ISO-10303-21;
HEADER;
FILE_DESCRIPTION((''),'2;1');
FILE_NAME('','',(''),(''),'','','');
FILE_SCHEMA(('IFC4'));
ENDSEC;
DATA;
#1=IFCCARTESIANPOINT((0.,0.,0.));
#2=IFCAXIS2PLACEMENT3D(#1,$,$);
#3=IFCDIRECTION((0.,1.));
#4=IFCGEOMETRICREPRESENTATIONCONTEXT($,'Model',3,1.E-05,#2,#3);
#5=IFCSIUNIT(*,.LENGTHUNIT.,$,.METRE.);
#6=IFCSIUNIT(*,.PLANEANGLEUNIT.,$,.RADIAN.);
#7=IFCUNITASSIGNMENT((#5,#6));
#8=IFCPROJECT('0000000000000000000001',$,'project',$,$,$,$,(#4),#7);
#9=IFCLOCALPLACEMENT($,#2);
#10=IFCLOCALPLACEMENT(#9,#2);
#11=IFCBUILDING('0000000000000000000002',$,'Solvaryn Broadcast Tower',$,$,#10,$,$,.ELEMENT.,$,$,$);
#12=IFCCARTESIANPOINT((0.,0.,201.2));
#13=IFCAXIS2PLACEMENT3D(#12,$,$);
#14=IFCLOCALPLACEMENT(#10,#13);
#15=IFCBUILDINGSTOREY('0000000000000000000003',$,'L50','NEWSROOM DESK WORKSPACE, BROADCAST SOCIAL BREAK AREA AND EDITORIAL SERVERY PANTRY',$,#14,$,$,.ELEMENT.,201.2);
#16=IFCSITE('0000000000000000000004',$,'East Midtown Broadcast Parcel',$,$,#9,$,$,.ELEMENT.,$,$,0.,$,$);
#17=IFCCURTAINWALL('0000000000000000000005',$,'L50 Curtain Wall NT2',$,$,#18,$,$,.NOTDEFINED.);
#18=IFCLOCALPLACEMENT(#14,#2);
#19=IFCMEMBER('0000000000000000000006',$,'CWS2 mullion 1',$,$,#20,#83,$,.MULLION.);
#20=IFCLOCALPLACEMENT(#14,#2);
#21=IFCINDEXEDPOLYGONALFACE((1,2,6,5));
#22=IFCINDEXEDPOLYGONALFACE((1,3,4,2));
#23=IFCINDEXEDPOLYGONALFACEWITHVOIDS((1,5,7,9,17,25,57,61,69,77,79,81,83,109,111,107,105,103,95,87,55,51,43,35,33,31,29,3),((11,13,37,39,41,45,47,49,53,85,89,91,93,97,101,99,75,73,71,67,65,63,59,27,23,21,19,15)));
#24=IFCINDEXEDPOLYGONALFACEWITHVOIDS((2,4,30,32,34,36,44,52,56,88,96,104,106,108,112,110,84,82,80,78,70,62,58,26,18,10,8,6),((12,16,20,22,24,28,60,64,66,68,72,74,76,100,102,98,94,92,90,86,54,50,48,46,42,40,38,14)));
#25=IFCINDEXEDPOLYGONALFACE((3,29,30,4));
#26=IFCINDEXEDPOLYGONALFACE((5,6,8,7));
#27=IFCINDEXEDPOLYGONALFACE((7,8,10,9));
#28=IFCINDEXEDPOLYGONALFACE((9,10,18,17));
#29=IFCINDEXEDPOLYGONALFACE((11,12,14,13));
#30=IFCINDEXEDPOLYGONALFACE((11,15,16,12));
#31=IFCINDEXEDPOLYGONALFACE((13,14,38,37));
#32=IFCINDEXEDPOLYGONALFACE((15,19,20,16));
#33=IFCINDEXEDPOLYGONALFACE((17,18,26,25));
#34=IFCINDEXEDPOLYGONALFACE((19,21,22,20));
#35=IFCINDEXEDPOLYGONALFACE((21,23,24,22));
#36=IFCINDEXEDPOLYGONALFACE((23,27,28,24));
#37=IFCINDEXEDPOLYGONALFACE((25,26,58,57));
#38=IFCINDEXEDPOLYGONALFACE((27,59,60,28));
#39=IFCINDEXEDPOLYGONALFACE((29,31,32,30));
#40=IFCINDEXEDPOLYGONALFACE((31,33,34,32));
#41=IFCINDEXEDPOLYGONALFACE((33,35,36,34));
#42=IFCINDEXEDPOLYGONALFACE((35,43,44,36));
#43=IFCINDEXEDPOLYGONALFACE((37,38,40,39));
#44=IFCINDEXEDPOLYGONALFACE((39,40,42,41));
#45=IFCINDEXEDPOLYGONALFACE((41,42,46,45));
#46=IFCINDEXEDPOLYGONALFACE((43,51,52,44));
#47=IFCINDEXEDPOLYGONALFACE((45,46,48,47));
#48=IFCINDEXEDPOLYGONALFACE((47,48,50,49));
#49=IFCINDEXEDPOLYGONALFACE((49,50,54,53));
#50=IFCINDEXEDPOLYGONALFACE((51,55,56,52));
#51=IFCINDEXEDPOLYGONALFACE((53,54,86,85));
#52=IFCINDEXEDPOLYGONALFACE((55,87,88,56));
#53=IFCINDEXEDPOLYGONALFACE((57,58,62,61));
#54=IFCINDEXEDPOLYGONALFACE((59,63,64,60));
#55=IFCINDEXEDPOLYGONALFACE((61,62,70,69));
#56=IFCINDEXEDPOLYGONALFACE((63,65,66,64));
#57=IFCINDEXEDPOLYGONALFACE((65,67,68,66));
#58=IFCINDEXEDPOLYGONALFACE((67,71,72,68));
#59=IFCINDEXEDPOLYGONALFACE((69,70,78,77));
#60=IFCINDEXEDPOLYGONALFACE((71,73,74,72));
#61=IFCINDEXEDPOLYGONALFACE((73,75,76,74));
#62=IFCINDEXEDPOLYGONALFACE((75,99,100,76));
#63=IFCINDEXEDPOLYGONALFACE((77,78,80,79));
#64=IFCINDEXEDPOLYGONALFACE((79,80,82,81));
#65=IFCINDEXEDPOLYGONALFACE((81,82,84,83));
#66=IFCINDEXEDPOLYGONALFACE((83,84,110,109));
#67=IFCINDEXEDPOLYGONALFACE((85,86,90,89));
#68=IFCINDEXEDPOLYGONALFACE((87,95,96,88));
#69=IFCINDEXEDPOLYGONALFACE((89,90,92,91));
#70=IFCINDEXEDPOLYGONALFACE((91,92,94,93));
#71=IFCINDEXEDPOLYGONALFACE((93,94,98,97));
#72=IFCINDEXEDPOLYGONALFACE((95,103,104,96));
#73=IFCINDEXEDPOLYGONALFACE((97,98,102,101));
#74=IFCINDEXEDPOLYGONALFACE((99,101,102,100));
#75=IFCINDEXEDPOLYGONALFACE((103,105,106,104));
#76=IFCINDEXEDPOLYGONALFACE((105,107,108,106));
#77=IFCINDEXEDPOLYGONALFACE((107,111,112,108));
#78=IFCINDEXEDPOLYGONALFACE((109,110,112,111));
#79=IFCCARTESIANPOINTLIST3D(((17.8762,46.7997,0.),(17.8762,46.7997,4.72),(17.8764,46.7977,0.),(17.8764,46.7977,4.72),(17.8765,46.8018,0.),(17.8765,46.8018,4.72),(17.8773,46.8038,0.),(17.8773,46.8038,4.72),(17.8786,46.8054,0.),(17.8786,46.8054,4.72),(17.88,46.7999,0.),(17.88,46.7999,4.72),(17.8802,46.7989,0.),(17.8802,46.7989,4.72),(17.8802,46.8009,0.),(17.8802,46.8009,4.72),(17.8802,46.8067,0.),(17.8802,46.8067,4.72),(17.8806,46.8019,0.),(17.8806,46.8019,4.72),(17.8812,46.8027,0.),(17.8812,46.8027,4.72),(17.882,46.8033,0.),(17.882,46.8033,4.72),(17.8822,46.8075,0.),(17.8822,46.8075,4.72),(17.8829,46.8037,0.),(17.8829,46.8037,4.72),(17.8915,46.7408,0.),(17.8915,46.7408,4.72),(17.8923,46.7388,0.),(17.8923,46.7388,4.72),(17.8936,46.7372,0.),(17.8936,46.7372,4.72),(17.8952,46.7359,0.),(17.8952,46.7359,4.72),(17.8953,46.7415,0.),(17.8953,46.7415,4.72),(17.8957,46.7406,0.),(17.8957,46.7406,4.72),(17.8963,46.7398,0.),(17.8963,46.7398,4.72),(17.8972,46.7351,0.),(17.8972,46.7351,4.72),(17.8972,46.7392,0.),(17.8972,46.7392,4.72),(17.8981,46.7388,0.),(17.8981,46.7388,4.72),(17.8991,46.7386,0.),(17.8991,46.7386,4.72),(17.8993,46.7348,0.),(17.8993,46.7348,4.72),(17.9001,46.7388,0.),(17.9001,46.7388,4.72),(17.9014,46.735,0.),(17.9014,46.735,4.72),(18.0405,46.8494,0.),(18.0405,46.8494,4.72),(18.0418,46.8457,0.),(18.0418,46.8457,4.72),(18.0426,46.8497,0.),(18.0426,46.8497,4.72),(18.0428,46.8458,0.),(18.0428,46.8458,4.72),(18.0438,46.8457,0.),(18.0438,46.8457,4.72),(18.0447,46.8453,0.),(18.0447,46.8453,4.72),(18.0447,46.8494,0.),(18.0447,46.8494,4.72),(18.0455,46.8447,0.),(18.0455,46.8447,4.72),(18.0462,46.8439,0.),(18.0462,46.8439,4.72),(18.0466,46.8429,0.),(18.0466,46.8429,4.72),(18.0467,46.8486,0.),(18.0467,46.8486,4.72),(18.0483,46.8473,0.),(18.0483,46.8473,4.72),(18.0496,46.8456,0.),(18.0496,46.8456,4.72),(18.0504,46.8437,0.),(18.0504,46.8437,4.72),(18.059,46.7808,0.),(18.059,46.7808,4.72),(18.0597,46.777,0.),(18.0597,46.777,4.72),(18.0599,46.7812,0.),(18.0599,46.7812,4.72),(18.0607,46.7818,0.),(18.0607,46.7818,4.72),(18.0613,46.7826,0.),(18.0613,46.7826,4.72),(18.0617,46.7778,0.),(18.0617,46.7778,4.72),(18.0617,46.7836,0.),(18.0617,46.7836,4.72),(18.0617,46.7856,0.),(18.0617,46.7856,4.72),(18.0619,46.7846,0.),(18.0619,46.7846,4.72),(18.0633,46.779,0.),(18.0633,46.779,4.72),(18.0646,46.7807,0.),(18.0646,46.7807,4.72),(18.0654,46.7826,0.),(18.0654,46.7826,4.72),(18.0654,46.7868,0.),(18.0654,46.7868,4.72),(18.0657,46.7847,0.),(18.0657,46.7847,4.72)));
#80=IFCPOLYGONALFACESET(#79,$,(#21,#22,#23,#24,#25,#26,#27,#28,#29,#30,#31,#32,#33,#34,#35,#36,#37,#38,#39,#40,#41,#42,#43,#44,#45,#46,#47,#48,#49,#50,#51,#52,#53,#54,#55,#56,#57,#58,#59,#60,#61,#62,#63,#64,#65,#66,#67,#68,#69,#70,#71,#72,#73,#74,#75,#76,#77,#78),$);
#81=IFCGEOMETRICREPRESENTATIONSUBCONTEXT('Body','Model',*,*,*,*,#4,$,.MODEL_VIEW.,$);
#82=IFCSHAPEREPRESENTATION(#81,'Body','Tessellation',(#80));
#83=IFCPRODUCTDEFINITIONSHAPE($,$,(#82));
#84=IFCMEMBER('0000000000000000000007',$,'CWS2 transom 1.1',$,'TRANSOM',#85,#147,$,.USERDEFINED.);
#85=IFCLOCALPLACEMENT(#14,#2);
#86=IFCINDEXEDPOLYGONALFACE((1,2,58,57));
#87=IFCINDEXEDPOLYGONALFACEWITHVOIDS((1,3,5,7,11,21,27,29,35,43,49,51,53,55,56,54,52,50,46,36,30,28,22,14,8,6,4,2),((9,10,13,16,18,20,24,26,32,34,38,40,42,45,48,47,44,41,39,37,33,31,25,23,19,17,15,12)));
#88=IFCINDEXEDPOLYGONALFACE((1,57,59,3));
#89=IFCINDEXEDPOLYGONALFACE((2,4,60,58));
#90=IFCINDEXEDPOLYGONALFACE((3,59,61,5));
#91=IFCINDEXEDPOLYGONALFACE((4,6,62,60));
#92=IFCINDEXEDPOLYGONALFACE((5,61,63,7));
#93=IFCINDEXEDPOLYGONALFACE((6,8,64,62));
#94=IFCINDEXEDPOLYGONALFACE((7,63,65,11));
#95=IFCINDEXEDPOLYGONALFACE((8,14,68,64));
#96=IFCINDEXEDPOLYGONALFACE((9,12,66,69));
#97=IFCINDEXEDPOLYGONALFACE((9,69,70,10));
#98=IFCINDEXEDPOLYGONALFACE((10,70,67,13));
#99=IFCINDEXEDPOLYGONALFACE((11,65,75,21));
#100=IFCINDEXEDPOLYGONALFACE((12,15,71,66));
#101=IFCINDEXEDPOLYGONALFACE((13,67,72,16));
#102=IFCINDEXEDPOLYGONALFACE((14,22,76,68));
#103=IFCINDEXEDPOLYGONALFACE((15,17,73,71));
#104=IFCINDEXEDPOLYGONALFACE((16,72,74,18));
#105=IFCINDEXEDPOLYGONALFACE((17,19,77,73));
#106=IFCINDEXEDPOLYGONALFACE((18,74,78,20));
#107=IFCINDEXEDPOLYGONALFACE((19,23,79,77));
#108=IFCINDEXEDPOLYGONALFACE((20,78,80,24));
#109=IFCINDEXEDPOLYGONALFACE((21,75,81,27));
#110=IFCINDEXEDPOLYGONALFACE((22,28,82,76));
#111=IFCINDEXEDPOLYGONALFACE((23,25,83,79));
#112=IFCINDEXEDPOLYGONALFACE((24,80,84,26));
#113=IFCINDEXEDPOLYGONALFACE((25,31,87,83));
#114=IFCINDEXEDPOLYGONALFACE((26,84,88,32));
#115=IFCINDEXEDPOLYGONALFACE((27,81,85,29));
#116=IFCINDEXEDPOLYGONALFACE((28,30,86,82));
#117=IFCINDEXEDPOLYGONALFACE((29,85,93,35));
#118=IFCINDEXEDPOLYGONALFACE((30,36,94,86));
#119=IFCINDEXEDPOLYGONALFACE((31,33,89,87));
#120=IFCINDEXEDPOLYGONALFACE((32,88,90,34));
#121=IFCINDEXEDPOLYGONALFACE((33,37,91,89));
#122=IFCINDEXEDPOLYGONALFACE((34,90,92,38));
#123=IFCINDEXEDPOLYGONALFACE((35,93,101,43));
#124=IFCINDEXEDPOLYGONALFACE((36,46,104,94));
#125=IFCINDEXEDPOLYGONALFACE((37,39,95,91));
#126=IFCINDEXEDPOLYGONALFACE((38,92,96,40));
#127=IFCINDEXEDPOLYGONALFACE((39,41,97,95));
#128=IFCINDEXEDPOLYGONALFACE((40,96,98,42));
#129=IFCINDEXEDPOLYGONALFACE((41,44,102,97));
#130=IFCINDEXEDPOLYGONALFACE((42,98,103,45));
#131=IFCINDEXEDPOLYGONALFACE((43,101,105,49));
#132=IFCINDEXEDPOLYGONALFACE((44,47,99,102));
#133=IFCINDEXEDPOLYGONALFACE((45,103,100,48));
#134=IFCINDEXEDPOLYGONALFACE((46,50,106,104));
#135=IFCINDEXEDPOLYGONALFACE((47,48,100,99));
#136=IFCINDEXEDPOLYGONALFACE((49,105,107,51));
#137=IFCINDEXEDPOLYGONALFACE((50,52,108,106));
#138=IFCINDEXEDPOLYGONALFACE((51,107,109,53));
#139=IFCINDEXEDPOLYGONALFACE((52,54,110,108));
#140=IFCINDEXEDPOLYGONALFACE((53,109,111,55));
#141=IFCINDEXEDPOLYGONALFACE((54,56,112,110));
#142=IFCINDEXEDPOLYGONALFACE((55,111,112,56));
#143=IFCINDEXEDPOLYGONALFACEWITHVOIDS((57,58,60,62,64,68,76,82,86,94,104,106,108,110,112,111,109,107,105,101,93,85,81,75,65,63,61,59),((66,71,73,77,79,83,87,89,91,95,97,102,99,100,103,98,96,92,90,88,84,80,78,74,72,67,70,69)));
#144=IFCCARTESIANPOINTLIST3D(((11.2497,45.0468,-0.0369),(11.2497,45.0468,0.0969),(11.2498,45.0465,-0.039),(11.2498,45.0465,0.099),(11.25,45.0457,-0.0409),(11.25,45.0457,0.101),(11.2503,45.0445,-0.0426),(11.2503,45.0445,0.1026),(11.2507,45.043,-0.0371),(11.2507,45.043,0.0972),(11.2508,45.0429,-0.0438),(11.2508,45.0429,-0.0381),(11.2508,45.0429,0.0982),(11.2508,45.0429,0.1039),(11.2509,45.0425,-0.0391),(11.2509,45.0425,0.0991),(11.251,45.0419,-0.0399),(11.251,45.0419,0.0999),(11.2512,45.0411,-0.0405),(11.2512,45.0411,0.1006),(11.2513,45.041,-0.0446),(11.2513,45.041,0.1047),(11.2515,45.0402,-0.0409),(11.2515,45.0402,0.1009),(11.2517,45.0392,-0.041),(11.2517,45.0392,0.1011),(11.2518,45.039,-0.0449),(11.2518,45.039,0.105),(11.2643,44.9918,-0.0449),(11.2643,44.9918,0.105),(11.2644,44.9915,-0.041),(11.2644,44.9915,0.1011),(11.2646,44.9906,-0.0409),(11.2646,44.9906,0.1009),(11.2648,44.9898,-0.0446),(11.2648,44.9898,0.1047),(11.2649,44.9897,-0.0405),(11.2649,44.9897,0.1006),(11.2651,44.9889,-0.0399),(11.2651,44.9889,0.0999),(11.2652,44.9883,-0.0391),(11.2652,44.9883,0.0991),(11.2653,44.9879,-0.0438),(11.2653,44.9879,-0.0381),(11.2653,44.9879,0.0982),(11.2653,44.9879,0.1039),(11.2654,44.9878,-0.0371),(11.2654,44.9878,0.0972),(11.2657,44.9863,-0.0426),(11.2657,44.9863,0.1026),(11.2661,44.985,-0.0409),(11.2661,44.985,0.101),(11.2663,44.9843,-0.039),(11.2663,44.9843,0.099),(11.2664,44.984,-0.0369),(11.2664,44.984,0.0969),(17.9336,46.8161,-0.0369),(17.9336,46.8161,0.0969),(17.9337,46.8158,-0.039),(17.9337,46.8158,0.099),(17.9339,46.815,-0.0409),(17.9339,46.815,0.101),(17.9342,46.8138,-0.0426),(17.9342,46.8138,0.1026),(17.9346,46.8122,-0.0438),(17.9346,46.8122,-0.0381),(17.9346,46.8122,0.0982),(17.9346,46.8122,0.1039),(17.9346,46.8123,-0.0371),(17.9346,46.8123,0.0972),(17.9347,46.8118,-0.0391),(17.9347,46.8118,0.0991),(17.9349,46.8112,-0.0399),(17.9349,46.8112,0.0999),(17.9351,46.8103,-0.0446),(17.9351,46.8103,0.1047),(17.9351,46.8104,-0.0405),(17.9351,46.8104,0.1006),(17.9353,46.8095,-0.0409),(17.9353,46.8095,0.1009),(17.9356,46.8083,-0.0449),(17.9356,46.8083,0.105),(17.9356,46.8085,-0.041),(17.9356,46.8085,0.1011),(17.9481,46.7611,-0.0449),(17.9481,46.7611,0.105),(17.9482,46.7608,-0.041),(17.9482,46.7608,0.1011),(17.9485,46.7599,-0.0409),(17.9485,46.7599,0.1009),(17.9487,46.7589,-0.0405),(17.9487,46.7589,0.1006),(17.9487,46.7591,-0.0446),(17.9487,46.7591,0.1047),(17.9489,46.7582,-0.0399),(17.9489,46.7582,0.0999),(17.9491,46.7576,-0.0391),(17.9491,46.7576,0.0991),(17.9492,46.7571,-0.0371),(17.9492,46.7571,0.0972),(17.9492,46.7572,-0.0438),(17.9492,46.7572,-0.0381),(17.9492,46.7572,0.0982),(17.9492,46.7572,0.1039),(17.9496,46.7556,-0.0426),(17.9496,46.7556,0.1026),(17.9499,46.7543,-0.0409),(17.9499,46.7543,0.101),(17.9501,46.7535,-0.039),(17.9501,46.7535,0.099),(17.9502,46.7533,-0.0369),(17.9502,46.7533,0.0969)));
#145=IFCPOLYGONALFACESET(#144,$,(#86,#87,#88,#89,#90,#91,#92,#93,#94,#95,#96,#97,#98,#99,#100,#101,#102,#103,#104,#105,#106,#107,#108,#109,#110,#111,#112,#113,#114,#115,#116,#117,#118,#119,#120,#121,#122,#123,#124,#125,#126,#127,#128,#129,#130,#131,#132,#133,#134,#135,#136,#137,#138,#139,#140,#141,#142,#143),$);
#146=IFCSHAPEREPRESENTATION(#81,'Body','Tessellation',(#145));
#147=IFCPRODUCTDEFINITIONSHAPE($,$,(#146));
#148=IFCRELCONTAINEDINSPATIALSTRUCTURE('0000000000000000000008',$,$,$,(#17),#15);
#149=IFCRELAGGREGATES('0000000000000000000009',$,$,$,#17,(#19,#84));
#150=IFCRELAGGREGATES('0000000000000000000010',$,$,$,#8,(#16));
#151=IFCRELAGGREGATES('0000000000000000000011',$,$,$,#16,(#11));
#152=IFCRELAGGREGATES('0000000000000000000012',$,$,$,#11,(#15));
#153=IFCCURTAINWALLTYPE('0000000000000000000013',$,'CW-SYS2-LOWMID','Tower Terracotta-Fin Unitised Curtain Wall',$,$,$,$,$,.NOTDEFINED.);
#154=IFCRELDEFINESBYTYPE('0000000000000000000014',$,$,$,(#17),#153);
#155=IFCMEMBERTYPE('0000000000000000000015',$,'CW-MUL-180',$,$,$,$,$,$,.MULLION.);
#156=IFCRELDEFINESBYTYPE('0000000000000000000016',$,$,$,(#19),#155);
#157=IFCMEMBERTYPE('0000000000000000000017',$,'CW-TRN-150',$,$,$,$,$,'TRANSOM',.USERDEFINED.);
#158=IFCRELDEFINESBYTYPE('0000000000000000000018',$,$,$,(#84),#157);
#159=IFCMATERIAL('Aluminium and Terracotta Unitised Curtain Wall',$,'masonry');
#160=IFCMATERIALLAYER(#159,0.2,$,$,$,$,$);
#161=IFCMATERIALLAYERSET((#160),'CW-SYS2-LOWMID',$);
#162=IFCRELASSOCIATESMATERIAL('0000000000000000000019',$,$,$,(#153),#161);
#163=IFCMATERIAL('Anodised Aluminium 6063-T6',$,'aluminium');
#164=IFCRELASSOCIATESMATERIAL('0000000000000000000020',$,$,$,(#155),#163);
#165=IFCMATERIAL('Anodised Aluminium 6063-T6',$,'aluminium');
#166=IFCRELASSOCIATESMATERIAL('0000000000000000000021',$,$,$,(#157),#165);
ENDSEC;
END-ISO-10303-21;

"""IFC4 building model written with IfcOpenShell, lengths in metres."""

from ifc_helpers import new_model, si_unit, direction, frame, origin, origin_2d, place, context, subcontext, project, spatial, hollow_rectangle, extrude, material, layer, layer_set, material_profile, profile_set, type_object, element, aggregate, save


model = new_model("IFC4")

# Units and contexts
model_context = context("Model", 3, precision=1e-05, world=origin(), true_north=direction((0.0, 1.0)))
body_context = subcontext(model_context, "Body", "Model", "MODEL_VIEW")
ifc_project = project(units=[si_unit("LENGTHUNIT", "METRE"), si_unit("PLANEANGLEUNIT", "RADIAN")], contexts=[model_context])

# Site, building, storey
site_placement = place(None, origin())
site = spatial("IfcSite", under=ifc_project, at=site_placement, Name="East Midtown Broadcast Parcel", CompositionType="ELEMENT", RefElevation=0.0)
building_placement = place(site_placement, origin())
building = spatial("IfcBuilding", under=site, at=building_placement, Name="Solvaryn Broadcast Tower", CompositionType="ELEMENT")
storey_placement = place(building_placement, frame((0.0, 0.0, 201.2)))
storey = spatial("IfcBuildingStorey", under=building, at=storey_placement, Name="L50", Description="NEWSROOM DESK WORKSPACE, BROADCAST SOCIAL BREAK AREA AND EDITORIAL SERVERY PANTRY", CompositionType="ELEMENT", Elevation=201.2)

# Shared definitions
ifc_material_1 = material(Name="Aluminium and Terracotta Unitised Curtain Wall", Category="masonry")
ifc_layer_1 = layer(ifc_material_1, 0.2)
ifc_layer_set_1 = layer_set([ifc_layer_1], Name="CW-SYS2-LOWMID")
curtain_wall_type = type_object("IfcCurtainWallType", Name="CW-SYS2-LOWMID", Description="Tower Terracotta-Fin Unitised Curtain Wall", PredefinedType="NOTDEFINED", material=ifc_layer_set_1)
ifc_material_2 = material(Name="Anodised Aluminium 6063-T6", Category="aluminium")
ifc_material_profile_1 = material_profile(ifc_material_2, hollow_rectangle(XDim=0.075, YDim=0.1799, WallThickness=0.0039, InnerFilletRadius=0.0039, OuterFilletRadius=0.0081, at=origin_2d()))
ifc_profile_set_1 = profile_set([ifc_material_profile_1], Name="Anodised Aluminium 6063-T6")
member_type_1 = type_object("IfcMemberType", Name="CW-MUL-180", PredefinedType="MULLION", material=ifc_profile_set_1)

# Curtain wall, members
curtain_wall_1_placement = place(storey_placement, origin())
curtain_wall_1 = element("IfcCurtainWall", 1, at=curtain_wall_1_placement, inside=storey, type_object=curtain_wall_type, Name="L50 Curtain Wall NT2", PredefinedType="NOTDEFINED")
member_1_placement = place(storey_placement, frame((17.9709, 46.7922, 0.0), z_axis=(0.0, 0.0, 1.0), x_axis=(0.255893, -0.966705, 0.0)))
member_1 = element("IfcMember", 2, at=member_1_placement, type_object=member_type_1, Name="CWS2 mullion 1", PredefinedType="MULLION", context=body_context, shape_type="SweptSolid", body=[
    extrude(hollow_rectangle(XDim=0.075, YDim=0.1799, WallThickness=0.0039, InnerFilletRadius=0.0039, OuterFilletRadius=0.0081, at=origin_2d()), origin(), (0.0, 0.0, 1.0), 4.72),
])
ifc_material_3 = material(Name="Anodised Aluminium 6063-T6", Category="aluminium")
ifc_material_profile_2 = material_profile(ifc_material_3, hollow_rectangle(XDim=0.0649, YDim=0.1499, WallThickness=0.0039, InnerFilletRadius=0.0039, OuterFilletRadius=0.0081, at=origin_2d()))
ifc_profile_set_2 = profile_set([ifc_material_profile_2], Name="Anodised Aluminium 6063-T6")
member_type_2 = type_object("IfcMemberType", Name="CW-TRN-150", ElementType="TRANSOM", PredefinedType="USERDEFINED", material=ifc_profile_set_2)
member_2_placement = place(storey_placement, frame((17.9419, 46.7847, 0.03), z_axis=(-0.966704, -0.255897, 0.0), x_axis=(0.255897, -0.966704, 0.0)))
member_2 = element("IfcMember", 3, at=member_2_placement, type_object=member_type_2, Name="CWS2 transom 1.1", ObjectType="TRANSOM", PredefinedType="USERDEFINED", context=body_context, shape_type="SweptSolid", body=[
    extrude(hollow_rectangle(XDim=0.0649, YDim=0.1499, WallThickness=0.0039, InnerFilletRadius=0.0039, OuterFilletRadius=0.0081, at=origin_2d()), origin(), (0.0, 0.0, 1.0), 6.9141),
])
aggregate(curtain_wall_1, [member_1, member_2])

save(model, "model.ifc")
